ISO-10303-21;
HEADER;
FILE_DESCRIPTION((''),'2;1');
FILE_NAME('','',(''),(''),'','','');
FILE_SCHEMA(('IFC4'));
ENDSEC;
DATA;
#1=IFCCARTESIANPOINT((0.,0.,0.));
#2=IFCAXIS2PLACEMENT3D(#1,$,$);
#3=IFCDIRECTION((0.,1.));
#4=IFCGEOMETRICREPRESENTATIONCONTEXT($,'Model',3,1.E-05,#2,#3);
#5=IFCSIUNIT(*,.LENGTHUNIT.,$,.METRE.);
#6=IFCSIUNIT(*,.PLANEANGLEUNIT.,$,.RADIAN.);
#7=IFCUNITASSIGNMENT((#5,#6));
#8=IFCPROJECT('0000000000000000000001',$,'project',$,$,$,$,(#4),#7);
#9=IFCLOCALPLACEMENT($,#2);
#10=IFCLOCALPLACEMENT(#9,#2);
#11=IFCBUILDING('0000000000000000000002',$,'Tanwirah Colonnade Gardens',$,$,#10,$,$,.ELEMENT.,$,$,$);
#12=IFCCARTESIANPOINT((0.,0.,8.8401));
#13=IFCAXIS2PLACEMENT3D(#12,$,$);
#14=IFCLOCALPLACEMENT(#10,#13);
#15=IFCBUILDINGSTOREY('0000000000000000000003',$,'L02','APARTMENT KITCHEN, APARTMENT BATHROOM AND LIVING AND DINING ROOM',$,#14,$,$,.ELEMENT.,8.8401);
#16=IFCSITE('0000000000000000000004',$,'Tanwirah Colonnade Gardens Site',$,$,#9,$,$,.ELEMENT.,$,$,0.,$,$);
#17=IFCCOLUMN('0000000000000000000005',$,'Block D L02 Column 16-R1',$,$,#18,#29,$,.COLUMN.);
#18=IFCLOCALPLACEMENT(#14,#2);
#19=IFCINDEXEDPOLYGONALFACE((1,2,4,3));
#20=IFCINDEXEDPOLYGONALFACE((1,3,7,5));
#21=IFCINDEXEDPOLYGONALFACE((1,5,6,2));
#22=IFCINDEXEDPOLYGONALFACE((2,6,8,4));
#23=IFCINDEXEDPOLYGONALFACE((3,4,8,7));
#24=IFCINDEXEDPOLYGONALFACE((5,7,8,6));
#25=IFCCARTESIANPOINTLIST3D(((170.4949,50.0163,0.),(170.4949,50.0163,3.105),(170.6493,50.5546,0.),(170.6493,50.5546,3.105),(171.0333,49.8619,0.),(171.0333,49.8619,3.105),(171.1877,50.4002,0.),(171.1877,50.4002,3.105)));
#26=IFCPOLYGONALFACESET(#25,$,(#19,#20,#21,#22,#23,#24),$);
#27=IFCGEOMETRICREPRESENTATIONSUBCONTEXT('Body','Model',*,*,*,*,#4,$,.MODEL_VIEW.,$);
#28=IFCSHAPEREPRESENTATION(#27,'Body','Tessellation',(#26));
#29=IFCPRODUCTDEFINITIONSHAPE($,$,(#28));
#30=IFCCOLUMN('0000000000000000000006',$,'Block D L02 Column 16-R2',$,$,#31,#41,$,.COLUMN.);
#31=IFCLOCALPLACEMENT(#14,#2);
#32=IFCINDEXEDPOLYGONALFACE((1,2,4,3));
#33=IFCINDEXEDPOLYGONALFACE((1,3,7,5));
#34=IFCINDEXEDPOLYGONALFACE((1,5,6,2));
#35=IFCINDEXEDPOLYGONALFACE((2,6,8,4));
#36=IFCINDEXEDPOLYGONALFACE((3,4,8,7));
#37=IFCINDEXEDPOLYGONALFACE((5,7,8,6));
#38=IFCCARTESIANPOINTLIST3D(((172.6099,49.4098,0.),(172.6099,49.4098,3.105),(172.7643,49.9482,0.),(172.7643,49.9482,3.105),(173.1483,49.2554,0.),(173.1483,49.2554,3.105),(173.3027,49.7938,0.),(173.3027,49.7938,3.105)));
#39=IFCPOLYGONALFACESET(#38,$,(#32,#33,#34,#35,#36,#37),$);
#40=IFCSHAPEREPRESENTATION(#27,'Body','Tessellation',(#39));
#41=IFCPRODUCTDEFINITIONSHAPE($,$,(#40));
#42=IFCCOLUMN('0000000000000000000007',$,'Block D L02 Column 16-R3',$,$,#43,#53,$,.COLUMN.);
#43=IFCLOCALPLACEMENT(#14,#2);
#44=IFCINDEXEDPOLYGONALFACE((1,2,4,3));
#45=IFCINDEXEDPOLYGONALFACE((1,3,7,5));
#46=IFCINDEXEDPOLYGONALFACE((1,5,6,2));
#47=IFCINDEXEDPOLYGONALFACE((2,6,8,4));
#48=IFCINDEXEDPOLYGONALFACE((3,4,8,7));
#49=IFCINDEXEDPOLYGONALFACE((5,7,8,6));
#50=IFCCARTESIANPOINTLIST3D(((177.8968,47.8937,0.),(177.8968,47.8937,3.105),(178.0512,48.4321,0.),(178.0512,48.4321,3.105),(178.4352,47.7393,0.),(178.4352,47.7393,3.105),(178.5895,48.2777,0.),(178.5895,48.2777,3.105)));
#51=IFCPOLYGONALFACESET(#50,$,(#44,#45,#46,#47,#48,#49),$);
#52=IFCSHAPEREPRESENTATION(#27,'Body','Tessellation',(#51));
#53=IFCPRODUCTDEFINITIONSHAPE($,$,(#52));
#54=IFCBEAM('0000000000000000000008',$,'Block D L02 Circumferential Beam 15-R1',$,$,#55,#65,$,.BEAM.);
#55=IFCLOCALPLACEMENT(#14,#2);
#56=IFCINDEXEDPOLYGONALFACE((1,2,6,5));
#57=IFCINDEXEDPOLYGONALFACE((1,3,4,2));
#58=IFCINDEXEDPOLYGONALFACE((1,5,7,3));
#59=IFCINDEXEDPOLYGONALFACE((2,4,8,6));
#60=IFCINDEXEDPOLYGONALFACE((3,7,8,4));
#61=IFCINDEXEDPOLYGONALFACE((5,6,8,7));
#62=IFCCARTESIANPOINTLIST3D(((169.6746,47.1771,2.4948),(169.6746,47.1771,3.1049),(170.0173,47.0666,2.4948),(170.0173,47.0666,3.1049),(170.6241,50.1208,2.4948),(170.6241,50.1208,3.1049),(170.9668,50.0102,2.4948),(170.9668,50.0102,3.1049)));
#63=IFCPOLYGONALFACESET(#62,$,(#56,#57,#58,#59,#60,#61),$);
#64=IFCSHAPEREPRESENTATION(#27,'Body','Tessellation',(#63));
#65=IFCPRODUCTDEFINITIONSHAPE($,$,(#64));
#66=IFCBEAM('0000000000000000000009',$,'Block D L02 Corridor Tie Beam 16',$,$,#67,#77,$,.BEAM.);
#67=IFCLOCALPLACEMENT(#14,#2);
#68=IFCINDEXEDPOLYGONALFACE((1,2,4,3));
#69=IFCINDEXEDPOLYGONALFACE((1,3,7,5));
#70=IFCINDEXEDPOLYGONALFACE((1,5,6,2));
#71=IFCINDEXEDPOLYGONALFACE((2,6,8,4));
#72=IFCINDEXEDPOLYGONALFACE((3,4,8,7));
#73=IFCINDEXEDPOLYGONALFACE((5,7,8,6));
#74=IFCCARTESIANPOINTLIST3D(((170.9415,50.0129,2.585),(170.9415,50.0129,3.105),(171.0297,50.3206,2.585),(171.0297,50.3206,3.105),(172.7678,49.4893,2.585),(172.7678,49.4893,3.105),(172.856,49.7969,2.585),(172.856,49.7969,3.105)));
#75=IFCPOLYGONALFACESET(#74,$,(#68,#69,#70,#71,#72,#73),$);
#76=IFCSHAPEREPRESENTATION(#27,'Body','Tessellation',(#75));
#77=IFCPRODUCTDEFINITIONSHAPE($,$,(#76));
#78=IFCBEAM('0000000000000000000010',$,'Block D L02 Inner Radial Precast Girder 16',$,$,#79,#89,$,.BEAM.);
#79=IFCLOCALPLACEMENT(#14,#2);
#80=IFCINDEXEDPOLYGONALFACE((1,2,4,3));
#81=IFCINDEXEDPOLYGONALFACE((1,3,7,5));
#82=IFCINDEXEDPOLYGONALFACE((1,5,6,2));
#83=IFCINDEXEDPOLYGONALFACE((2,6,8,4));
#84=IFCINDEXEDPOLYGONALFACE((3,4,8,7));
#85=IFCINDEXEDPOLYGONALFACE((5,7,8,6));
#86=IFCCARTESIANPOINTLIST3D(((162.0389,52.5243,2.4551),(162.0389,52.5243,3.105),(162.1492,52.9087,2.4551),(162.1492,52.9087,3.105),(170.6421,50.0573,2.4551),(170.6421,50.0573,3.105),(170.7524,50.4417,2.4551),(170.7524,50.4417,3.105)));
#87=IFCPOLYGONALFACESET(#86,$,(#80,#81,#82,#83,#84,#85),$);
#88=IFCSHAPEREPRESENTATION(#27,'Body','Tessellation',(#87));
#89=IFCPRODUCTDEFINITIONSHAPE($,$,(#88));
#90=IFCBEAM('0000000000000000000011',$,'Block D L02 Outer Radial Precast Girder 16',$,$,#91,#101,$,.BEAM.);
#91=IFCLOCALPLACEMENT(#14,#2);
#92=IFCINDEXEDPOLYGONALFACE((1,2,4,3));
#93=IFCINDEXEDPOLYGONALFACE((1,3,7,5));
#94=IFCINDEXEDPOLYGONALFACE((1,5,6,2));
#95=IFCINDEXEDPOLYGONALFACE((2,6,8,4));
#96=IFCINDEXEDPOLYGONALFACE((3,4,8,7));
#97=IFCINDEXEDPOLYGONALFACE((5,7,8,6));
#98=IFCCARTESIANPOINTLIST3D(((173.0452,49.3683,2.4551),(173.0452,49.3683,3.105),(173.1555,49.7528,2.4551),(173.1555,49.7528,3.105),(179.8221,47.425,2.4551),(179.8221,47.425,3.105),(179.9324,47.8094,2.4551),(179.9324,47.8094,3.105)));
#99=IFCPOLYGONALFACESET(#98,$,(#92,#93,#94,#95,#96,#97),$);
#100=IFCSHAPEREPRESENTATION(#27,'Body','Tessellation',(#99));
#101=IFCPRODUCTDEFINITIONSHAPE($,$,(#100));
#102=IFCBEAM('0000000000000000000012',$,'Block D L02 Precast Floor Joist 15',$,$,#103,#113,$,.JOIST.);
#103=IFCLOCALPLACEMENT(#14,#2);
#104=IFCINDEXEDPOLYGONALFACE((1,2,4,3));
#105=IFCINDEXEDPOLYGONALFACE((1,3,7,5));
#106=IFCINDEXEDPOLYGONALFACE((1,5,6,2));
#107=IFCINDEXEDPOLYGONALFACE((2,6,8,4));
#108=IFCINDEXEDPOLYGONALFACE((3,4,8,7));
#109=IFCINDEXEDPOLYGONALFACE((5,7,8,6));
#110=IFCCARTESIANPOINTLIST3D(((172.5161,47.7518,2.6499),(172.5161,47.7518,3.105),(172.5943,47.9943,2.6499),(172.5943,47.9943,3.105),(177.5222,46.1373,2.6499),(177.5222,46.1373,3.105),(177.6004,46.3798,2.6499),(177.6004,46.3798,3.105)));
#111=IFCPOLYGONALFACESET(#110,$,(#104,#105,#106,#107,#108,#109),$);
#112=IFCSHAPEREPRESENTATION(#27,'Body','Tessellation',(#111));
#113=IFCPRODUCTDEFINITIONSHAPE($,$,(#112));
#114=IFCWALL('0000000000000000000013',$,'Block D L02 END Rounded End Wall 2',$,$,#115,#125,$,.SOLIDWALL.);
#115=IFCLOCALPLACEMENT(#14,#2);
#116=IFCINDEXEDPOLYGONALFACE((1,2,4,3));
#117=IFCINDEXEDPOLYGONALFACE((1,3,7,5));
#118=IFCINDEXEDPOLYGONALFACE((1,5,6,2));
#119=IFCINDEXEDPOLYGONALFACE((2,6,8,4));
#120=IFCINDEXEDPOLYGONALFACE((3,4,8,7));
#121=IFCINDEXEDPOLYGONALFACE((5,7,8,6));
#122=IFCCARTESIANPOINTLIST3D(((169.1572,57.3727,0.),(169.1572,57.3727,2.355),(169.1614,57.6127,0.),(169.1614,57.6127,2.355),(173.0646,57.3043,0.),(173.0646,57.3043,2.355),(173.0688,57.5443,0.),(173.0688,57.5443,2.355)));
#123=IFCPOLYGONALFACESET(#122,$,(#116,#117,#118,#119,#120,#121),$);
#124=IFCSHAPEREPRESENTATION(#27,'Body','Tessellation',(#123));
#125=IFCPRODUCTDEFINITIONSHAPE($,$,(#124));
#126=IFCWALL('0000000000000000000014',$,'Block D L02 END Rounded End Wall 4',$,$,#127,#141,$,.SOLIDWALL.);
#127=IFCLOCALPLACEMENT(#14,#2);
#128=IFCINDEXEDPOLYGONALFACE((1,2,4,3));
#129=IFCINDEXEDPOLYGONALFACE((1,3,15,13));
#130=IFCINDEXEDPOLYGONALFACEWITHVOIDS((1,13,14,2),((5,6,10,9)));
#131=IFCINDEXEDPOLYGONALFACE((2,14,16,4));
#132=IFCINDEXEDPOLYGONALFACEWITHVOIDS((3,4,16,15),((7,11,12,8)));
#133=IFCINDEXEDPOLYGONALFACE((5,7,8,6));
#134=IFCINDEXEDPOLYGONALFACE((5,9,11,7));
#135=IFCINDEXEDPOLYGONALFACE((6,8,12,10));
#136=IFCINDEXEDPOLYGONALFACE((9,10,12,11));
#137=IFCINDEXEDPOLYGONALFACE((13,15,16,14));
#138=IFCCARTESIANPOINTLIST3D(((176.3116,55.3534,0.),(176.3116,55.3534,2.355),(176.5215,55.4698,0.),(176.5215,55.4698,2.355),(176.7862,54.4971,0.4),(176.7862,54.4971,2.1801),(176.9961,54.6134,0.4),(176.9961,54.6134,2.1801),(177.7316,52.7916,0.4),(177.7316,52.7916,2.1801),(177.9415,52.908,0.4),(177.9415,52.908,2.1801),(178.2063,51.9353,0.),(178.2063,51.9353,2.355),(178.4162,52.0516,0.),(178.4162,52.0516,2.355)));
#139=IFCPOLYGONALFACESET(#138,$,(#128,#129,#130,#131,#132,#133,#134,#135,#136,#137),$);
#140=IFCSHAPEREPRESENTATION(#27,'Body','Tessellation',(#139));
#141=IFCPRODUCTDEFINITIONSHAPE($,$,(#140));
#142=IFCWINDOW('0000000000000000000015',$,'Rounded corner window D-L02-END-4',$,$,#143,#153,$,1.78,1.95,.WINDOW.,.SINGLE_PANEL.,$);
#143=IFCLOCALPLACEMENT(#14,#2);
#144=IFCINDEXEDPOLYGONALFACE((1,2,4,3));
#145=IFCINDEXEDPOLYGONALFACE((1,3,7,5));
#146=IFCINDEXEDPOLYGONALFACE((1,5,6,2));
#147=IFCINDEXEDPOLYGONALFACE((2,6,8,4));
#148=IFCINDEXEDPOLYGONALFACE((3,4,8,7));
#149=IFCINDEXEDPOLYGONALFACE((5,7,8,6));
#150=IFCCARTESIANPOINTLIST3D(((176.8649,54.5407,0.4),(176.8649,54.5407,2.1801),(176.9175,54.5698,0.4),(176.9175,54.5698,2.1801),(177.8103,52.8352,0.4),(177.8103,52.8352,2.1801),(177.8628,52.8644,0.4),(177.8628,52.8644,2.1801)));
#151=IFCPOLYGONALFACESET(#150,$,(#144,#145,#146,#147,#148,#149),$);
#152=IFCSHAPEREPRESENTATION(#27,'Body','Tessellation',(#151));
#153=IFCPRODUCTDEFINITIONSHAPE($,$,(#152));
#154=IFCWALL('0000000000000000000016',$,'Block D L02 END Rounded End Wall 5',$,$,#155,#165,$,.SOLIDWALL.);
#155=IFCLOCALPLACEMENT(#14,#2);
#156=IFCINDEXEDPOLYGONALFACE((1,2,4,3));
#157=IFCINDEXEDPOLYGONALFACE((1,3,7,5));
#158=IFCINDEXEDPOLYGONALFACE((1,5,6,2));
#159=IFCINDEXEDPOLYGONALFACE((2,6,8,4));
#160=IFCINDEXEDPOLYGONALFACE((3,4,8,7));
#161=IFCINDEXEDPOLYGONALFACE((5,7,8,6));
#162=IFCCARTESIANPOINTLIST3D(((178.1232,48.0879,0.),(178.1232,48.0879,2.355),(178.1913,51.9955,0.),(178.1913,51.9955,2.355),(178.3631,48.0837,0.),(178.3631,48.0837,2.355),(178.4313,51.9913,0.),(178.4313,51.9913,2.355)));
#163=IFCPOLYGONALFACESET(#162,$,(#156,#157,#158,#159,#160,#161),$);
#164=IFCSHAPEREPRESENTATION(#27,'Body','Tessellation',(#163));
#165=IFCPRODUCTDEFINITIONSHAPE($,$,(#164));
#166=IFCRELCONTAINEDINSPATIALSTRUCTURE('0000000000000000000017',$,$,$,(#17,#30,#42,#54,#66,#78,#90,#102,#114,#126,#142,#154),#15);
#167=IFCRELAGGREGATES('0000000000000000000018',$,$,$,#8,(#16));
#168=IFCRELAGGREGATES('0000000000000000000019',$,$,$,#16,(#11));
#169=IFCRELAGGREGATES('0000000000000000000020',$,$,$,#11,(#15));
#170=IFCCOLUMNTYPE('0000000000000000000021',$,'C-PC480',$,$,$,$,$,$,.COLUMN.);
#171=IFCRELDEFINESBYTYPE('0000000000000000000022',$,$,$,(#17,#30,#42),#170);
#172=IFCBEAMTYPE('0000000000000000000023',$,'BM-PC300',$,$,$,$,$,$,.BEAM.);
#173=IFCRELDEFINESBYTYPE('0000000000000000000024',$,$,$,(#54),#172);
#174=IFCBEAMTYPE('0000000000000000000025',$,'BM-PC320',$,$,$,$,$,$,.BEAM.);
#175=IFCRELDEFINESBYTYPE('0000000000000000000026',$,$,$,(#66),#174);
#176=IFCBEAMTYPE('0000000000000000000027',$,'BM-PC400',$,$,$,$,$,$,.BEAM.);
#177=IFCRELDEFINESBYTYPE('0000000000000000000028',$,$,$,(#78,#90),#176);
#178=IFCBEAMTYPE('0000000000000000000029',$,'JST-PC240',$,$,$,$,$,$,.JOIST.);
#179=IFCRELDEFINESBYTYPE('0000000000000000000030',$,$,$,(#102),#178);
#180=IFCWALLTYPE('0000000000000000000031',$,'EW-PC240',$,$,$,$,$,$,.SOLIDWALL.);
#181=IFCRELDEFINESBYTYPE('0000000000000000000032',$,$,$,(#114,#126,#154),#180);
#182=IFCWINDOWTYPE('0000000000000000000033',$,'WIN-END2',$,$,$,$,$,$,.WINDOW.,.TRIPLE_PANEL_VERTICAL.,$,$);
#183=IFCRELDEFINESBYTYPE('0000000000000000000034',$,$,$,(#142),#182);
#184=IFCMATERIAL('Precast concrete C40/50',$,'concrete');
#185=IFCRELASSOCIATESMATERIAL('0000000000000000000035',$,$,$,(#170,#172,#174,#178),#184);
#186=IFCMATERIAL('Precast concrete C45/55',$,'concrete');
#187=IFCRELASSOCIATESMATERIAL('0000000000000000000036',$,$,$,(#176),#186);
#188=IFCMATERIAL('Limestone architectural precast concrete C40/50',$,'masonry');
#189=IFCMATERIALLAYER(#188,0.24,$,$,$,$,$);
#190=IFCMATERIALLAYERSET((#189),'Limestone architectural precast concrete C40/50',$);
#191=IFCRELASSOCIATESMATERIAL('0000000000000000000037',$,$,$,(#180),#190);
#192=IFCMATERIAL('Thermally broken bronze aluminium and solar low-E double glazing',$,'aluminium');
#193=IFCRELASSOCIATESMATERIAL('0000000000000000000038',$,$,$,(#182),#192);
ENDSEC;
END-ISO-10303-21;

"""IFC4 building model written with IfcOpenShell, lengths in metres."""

from ifc_helpers import new_model, si_unit, direction, frame, frame_2d, origin, origin_2d, place, context, subcontext, project, spatial, rectangle, extrude, material, layer, layer_set, material_profile, profile_set, type_object, element, fill, save


model = new_model("IFC4")

# Units and contexts
model_context = context("Model", 3, precision=1e-05, world=origin(), true_north=direction((0.0, 1.0)))
body_context = subcontext(model_context, "Body", "Model", "MODEL_VIEW")
ifc_project = project(units=[si_unit("LENGTHUNIT", "METRE"), si_unit("PLANEANGLEUNIT", "RADIAN")], contexts=[model_context])

# Site, building, storey
site_placement = place(None, origin())
site = spatial("IfcSite", under=ifc_project, at=site_placement, Name="Tanwirah Colonnade Gardens Site", CompositionType="ELEMENT", RefElevation=0.0)
building_placement = place(site_placement, origin())
building = spatial("IfcBuilding", under=site, at=building_placement, Name="Tanwirah Colonnade Gardens", CompositionType="ELEMENT")
storey_placement = place(building_placement, frame((0.0, 0.0, 8.8401)))
storey = spatial("IfcBuildingStorey", under=building, at=storey_placement, Name="L02", Description="APARTMENT KITCHEN, APARTMENT BATHROOM AND LIVING AND DINING ROOM", CompositionType="ELEMENT", Elevation=8.8401)

# Columns
ifc_material_1 = material(Name="Precast concrete C40/50", Category="concrete")
ifc_material_profile_1 = material_profile(ifc_material_1, rectangle(XDim=0.5601, YDim=0.5601, at=origin_2d()), Name="PC-COL 560x560")
ifc_profile_set_1 = profile_set([ifc_material_profile_1], Name="Precast concrete C40/50")
column_type = type_object("IfcColumnType", Name="C-PC480", PredefinedType="COLUMN", material=ifc_profile_set_1)
for number, where, z_axis, x_axis, name in (
    (1, (170.8413, 50.2083, 0.0), (0.0, 0.0, 1.0), (0.961262, -0.275637, 0.0), "Block D L02 Column 16-R1"),
    (2, (172.9563, 49.6018, 0.0), (0.0, 0.0, 1.0), (0.961262, -0.275637, 0.0), "Block D L02 Column 16-R2"),
    (3, (178.2432, 48.0857, 0.0), (0.0, 0.0, 1.0), (0.961262, -0.275637, 0.0), "Block D L02 Column 16-R3"),
):
    element("IfcColumn", number, at=place(storey_placement, frame(where, z_axis=z_axis, x_axis=x_axis)), inside=storey, type_object=column_type, Name=name, PredefinedType="COLUMN", context=body_context, shape_type="SweptSolid", body=[
        extrude(rectangle(XDim=0.5601, YDim=0.5601, at=origin_2d()), origin(), (0.0, 0.0, 1.0), 3.105),
    ])

# Beams
ifc_material_profile_2 = material_profile(ifc_material_1, rectangle(XDim=0.3601, YDim=0.6101, at=origin_2d()), Name="PC-BM 360x610")
ifc_profile_set_2 = profile_set([ifc_material_profile_2], Name="Precast concrete C40/50")
beam_type_1 = type_object("IfcBeamType", Name="BM-PC300", PredefinedType="BEAM", material=ifc_profile_set_2)
beam_1_placement = place(storey_placement, frame((169.8459, 47.1218, 2.7998), z_axis=(0.306977, 0.951717, 0.0), x_axis=(-0.951717, 0.306977, 0.0)))
element("IfcBeam", 4, at=beam_1_placement, inside=storey, type_object=beam_type_1, Name="Block D L02 Circumferential Beam 15-R1", PredefinedType="BEAM", context=body_context, shape_type="SweptSolid", body=[
    extrude(rectangle(XDim=0.3601, YDim=0.6101, at=origin_2d()), origin(), (0.0, 0.0, 1.0), 3.093),
])
ifc_material_profile_3 = material_profile(ifc_material_1, rectangle(XDim=0.3201, YDim=0.52, at=origin_2d()), Name="PC-BM 320x520")
ifc_profile_set_3 = profile_set([ifc_material_profile_3], Name="Precast concrete C40/50")
beam_type_2 = type_object("IfcBeamType", Name="BM-PC320", PredefinedType="BEAM", material=ifc_profile_set_3)
beam_2_placement = place(storey_placement, frame((170.9856, 50.1667, 2.845), z_axis=(0.961267, -0.27562, 0.0), x_axis=(0.27562, 0.961267, 0.0)))
element("IfcBeam", 5, at=beam_2_placement, inside=storey, type_object=beam_type_2, Name="Block D L02 Corridor Tie Beam 16", PredefinedType="BEAM", context=body_context, shape_type="SweptSolid", body=[
    extrude(rectangle(XDim=0.3201, YDim=0.52, at=origin_2d()), origin(), (0.0, 0.0, 1.0), 1.8999),
])
ifc_material_2 = material(Name="Precast concrete C45/55", Category="concrete")
ifc_material_profile_4 = material_profile(ifc_material_2, rectangle(XDim=0.3999, YDim=0.6499, at=origin_2d()), Name="PC-BM 400x650")
ifc_profile_set_4 = profile_set([ifc_material_profile_4], Name="Precast concrete C45/55")
beam_type_3 = type_object("IfcBeamType", Name="BM-PC400", PredefinedType="BEAM", material=ifc_profile_set_4)
beam_3_placement = place(storey_placement, frame((170.6973, 50.2495, 2.78), z_axis=(-0.961259, 0.275647, 0.0), x_axis=(-0.275647, -0.961259, 0.0)))
element("IfcBeam", 6, at=beam_3_placement, inside=storey, type_object=beam_type_3, Name="Block D L02 Inner Radial Precast Girder 16", PredefinedType="BEAM", context=body_context, shape_type="SweptSolid", body=[
    extrude(rectangle(XDim=0.3999, YDim=0.6499, at=origin_2d()), origin(), (0.0, 0.0, 1.0), 8.95),
])
beam_4_placement = place(storey_placement, frame((173.1003, 49.5605, 2.78), z_axis=(0.961257, -0.275654, 0.0), x_axis=(0.275654, 0.961257, 0.0)))
element("IfcBeam", 7, at=beam_4_placement, inside=storey, type_object=beam_type_3, Name="Block D L02 Outer Radial Precast Girder 16", PredefinedType="BEAM", context=body_context, shape_type="SweptSolid", body=[
    extrude(rectangle(XDim=0.3999, YDim=0.6499, at=origin_2d()), origin(), (0.0, 0.0, 1.0), 7.05),
])
ifc_material_profile_5 = material_profile(ifc_material_1, rectangle(XDim=0.2549, YDim=0.4551, at=origin_2d()), Name="PC-JST 255x455")
ifc_profile_set_5 = profile_set([ifc_material_profile_5], Name="Precast concrete C40/50")
beam_type_4 = type_object("IfcBeamType", Name="JST-PC240", PredefinedType="JOIST", material=ifc_profile_set_5)
beam_5_placement = place(storey_placement, frame((172.5552, 47.873, 2.8774), z_axis=(0.951729, -0.306939, 0.0), x_axis=(0.306939, 0.951729, 0.0)))
element("IfcBeam", 8, at=beam_5_placement, inside=storey, type_object=beam_type_4, Name="Block D L02 Precast Floor Joist 15", PredefinedType="JOIST", context=body_context, shape_type="SweptSolid", body=[
    extrude(rectangle(XDim=0.2549, YDim=0.4551, at=origin_2d()), origin(), (0.0, 0.0, 1.0), 5.26),
])

# Wall
ifc_material_3 = material(Name="Limestone architectural precast concrete C40/50", Category="masonry")
ifc_layer_1 = layer(ifc_material_3, 0.24)
ifc_layer_set_1 = layer_set([ifc_layer_1], Name="Limestone architectural precast concrete C40/50")
wall_type_1 = type_object("IfcWallType", Name="EW-PC240", PredefinedType="SOLIDWALL", material=ifc_layer_set_1)
wall_1_placement = place(storey_placement, frame((169.1592, 57.4927, 0.0), z_axis=(0.0, 0.0, 1.0), x_axis=(0.999847, -0.017492, 0.0)))
element("IfcWall", 9, at=wall_1_placement, inside=storey, type_object=wall_type_1, Name="Block D L02 END Rounded End Wall 2", PredefinedType="SOLIDWALL", context=body_context, shape_type="SweptSolid", body=[
    extrude(rectangle(XDim=3.908, YDim=0.24, at=frame_2d((1.9541, 0.0))), origin(), (0.0, 0.0, 1.0), 2.355),
])

# Wall, opening, window
wall_2_placement = place(storey_placement, frame((176.4165, 55.4116, 0.0), z_axis=(0.0, 0.0, 1.0), x_axis=(0.484815, -0.874617, 0.0)))
wall_2 = element("IfcWall", 10, at=wall_2_placement, inside=storey, type_object=wall_type_1, Name="Block D L02 END Rounded End Wall 4", PredefinedType="SOLIDWALL", context=body_context, shape_type="SweptSolid", body=[
    extrude(rectangle(XDim=3.9082, YDim=0.24, at=frame_2d((1.9541, 0.0))), origin(), (0.0, 0.0, 1.0), 2.355),
])
opening_1_placement = place(wall_2_placement, frame((0.979, 0.0, 0.3999)))
opening_1 = element("IfcOpeningElement", 11, at=opening_1_placement, cuts=wall_2, PredefinedType="OPENING", context=body_context, shape_type="SweptSolid", body=[
    extrude(rectangle(XDim=1.95, YDim=1.78, at=frame_2d((0.9751, 0.8901))), frame((0.0, 0.1299, 0.0), z_axis=(0.0, -1.0, 0.0), x_axis=(1.0, 0.0, 0.0)), (0.0, 0.0, 1.0), 0.26),
])
ifc_material_4 = material(Name="Thermally broken bronze aluminium and solar low-E double glazing", Category="aluminium")
window_type = type_object("IfcWindowType", Name="WIN-END2", PartitioningType="TRIPLE_PANEL_VERTICAL", PredefinedType="WINDOW", material=ifc_material_4)
window_placement = place(opening_1_placement, origin())
window = element("IfcWindow", 12, at=window_placement, inside=storey, type_object=window_type, Name="Rounded corner window D-L02-END-4", OverallHeight=1.78, OverallWidth=1.95, PartitioningType="SINGLE_PANEL", PredefinedType="WINDOW", context=body_context, shape_type="SweptSolid", body=[
    extrude(rectangle(XDim=1.95, YDim=1.78, at=frame_2d((0.9751, 0.8901))), frame((0.0, 0.03, 0.0), z_axis=(0.0, -1.0, 0.0), x_axis=(1.0, 0.0, 0.0)), (0.0, 0.0, 1.0), 0.0601),
])
fill(opening_1, window)

# Wall
wall_3_placement = place(storey_placement, frame((178.3113, 51.9934, 0.0), z_axis=(0.0, 0.0, 1.0), x_axis=(-0.017428, -0.999848, 0.0)))
element("IfcWall", 13, at=wall_3_placement, inside=storey, type_object=wall_type_1, Name="Block D L02 END Rounded End Wall 5", PredefinedType="SOLIDWALL", context=body_context, shape_type="SweptSolid", body=[
    extrude(rectangle(XDim=3.9082, YDim=0.24, at=frame_2d((1.9541, 0.0))), origin(), (0.0, 0.0, 1.0), 2.355),
])

save(model, "model.ifc")
